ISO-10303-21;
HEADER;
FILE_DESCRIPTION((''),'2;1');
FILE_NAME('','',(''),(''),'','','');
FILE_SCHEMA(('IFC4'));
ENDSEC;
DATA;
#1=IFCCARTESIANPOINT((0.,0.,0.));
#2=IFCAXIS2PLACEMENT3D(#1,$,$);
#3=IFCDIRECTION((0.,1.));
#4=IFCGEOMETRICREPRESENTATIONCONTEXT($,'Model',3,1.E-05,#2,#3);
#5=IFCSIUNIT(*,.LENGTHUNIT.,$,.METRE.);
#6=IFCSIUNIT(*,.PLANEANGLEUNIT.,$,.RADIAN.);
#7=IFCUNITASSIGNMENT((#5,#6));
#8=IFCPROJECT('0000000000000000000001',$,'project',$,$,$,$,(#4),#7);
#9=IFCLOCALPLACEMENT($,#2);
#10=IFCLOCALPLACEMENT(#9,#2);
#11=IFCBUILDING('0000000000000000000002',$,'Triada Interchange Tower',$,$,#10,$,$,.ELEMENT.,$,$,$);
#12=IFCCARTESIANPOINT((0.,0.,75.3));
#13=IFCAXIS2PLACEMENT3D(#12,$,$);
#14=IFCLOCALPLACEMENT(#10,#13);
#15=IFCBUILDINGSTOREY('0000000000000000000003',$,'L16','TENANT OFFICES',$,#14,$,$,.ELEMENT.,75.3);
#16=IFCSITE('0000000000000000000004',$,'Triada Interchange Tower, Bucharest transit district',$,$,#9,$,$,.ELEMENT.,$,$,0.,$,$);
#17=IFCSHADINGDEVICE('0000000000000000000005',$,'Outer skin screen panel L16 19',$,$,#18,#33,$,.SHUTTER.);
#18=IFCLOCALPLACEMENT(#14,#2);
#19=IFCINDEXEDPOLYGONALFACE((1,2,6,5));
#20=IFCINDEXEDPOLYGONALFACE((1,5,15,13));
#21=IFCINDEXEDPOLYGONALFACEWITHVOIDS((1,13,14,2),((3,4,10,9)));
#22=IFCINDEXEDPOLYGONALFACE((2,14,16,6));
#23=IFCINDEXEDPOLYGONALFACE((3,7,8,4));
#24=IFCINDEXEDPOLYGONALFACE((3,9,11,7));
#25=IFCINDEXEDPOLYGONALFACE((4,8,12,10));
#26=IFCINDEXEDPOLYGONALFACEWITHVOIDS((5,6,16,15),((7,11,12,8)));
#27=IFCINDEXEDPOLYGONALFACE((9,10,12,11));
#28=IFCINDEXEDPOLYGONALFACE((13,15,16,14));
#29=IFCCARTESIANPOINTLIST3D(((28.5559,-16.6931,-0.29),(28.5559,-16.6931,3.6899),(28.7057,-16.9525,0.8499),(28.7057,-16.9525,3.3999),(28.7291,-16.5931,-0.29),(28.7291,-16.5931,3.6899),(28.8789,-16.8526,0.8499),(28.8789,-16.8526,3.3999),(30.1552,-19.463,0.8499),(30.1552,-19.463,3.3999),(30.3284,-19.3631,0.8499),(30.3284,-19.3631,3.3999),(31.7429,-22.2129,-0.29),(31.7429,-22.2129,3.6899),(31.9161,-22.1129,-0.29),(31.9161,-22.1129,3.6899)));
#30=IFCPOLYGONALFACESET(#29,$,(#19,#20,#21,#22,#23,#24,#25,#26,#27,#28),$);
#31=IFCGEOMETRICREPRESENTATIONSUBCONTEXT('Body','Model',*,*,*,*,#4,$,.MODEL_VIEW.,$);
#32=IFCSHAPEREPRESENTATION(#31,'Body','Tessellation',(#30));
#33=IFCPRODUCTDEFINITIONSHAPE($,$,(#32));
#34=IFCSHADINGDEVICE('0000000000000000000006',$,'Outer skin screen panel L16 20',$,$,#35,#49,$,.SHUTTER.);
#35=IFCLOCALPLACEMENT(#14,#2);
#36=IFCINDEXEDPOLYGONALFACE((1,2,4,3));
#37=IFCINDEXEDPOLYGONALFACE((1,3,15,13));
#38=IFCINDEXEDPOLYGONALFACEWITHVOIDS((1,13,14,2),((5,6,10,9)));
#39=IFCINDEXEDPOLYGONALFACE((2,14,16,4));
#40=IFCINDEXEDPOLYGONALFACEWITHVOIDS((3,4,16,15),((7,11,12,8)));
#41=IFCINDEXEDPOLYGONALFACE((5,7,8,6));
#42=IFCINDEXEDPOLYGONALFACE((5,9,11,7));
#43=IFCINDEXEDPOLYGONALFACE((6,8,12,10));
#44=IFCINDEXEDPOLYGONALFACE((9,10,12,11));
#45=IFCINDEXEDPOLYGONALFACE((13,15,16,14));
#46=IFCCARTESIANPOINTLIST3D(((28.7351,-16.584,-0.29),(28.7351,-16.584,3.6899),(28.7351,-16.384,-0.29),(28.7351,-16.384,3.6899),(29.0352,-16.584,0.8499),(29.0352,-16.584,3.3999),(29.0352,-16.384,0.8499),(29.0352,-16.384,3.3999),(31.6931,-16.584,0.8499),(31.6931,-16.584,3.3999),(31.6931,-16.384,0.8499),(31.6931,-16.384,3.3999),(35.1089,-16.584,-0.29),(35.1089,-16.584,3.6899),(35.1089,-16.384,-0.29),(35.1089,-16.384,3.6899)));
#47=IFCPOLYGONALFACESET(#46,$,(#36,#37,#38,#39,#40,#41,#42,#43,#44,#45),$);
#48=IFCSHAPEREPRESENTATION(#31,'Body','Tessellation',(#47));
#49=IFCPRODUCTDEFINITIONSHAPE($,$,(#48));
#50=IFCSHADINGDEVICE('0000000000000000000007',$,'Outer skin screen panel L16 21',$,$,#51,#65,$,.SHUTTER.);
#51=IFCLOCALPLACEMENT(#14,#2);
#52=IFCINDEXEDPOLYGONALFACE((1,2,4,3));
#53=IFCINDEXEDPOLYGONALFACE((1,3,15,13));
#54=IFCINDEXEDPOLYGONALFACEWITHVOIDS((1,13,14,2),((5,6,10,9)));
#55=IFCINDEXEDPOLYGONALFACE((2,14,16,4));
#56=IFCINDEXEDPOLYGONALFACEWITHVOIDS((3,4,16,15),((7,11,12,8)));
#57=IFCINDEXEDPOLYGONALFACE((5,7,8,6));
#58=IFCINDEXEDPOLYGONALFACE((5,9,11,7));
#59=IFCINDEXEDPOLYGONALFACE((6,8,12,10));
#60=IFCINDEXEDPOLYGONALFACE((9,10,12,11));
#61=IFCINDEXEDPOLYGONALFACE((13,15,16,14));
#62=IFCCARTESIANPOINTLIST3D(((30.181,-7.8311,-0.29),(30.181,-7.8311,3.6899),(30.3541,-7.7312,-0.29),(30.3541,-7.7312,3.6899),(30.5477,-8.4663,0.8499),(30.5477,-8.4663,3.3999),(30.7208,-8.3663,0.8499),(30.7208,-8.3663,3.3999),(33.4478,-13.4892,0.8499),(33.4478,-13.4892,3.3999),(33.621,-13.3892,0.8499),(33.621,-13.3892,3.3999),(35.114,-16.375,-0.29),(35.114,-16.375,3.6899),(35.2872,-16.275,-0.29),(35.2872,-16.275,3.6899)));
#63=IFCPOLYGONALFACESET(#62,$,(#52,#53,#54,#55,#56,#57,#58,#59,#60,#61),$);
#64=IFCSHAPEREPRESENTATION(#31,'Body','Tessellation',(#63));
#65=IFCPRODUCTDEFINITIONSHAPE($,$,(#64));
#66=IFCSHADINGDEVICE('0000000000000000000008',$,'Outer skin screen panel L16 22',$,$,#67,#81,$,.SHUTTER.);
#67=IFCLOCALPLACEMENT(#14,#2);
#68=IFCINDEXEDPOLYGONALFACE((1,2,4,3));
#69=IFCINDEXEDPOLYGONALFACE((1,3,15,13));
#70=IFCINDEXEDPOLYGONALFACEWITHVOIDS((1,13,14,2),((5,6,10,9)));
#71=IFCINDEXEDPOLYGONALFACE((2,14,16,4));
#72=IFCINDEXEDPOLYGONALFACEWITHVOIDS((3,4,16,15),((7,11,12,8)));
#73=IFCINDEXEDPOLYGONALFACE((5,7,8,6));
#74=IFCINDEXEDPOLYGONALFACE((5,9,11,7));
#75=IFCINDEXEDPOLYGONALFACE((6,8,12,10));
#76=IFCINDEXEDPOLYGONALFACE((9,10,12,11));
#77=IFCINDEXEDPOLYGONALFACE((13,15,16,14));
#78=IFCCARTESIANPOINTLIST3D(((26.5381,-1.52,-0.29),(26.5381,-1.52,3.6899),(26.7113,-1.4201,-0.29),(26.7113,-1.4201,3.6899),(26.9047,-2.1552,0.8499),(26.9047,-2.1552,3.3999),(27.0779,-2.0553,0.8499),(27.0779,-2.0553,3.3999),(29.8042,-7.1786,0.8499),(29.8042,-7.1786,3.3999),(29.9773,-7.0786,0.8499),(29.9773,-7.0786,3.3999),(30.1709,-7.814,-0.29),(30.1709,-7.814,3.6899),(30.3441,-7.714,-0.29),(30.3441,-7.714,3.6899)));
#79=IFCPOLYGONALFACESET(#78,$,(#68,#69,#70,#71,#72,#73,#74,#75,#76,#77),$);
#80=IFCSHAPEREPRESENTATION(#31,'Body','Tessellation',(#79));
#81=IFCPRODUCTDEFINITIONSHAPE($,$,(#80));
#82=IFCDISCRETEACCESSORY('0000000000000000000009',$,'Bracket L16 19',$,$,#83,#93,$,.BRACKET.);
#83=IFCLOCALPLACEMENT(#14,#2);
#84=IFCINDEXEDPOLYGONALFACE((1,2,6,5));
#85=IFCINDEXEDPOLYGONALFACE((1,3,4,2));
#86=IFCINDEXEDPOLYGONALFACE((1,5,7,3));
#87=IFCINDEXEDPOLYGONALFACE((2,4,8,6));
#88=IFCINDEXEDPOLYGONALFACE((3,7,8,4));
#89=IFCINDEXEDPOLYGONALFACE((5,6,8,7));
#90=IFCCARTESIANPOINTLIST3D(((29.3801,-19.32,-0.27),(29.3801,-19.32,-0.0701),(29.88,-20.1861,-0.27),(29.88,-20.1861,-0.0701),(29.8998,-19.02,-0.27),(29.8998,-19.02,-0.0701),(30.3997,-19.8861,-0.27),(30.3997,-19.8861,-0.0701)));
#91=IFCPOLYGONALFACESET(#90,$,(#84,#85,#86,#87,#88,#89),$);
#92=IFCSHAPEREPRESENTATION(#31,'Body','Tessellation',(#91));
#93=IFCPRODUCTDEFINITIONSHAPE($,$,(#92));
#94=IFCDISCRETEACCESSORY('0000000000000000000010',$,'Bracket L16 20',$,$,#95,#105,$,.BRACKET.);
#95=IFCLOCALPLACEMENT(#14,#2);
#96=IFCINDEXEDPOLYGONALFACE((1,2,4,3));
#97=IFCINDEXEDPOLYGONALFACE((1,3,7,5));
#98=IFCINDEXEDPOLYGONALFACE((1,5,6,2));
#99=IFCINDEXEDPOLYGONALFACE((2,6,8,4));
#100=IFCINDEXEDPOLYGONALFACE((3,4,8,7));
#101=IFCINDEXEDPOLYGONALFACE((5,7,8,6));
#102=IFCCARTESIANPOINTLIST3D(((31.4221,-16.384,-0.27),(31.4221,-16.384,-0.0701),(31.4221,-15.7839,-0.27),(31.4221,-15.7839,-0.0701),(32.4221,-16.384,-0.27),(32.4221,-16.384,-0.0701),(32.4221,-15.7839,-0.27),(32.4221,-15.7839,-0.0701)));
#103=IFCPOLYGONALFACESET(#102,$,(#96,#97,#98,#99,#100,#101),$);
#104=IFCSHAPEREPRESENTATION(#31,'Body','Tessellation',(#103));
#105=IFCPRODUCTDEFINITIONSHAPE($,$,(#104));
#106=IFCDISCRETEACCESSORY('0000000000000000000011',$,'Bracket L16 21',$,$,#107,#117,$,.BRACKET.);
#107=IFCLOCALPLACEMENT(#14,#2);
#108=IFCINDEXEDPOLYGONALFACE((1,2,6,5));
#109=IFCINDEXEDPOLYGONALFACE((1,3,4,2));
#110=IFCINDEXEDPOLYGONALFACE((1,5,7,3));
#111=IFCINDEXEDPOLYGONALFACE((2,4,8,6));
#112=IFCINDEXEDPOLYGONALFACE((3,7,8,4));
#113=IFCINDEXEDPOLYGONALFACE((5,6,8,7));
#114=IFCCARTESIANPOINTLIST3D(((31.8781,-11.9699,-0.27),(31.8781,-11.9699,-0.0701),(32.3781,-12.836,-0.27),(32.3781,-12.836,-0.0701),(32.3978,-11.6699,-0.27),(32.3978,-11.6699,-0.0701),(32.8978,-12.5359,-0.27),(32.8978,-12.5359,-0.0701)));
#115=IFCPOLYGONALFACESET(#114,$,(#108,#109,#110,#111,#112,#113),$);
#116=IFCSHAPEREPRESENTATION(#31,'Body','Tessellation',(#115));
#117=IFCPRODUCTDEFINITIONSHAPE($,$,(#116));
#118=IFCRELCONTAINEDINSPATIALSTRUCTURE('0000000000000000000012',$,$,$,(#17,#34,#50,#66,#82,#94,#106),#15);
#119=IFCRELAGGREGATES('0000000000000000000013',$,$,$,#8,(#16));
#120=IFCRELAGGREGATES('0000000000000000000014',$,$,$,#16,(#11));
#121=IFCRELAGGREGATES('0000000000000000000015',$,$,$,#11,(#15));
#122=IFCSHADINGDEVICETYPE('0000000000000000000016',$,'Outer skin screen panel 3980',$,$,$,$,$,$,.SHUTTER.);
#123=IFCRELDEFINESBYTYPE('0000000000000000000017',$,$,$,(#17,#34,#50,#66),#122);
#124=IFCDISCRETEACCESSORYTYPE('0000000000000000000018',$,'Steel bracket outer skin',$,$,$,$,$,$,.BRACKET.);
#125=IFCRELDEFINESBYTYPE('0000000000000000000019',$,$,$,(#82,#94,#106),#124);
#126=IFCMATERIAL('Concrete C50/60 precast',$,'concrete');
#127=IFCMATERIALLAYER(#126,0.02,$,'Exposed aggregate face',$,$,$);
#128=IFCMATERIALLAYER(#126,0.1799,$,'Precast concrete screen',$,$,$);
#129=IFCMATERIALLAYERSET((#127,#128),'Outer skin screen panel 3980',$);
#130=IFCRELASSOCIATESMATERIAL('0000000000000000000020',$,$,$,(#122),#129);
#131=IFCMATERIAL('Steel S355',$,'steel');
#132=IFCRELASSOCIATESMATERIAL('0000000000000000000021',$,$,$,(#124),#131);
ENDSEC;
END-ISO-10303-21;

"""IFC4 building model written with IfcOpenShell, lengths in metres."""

from ifc_helpers import new_model, si_unit, direction, frame, origin, origin_2d, place, context, subcontext, project, spatial, polyline, rectangle, outline, extrude, material, layer, layer_set, type_object, element, save


model = new_model("IFC4")

# Units and contexts
model_context = context("Model", 3, precision=1e-05, world=origin(), true_north=direction((0.0, 1.0)))
body_context = subcontext(model_context, "Body", "Model", "MODEL_VIEW")
ifc_project = project(units=[si_unit("LENGTHUNIT", "METRE"), si_unit("PLANEANGLEUNIT", "RADIAN")], contexts=[model_context])

# Site, building, storey
site_placement = place(None, origin())
site = spatial("IfcSite", under=ifc_project, at=site_placement, Name="Triada Interchange Tower, Bucharest transit district", CompositionType="ELEMENT", RefElevation=0.0)
building_placement = place(site_placement, origin())
building = spatial("IfcBuilding", under=site, at=building_placement, Name="Triada Interchange Tower", CompositionType="ELEMENT")
storey_placement = place(building_placement, frame((0.0, 0.0, 75.3)))
storey = spatial("IfcBuildingStorey", under=building, at=storey_placement, Name="L16", Description="TENANT OFFICES", CompositionType="ELEMENT", Elevation=75.3)

# Shading devices
ifc_material_1 = material(Name="Concrete C50/60 precast", Category="concrete")
ifc_layer_1 = layer(ifc_material_1, 0.02, Name="Exposed aggregate face")
ifc_layer_2 = layer(ifc_material_1, 0.1799, Name="Precast concrete screen")
ifc_layer_set_1 = layer_set([ifc_layer_1, ifc_layer_2], Name="Outer skin screen panel 3980")
shading_device_type = type_object("IfcShadingDeviceType", Name="Outer skin screen panel 3980", PredefinedType="SHUTTER", material=ifc_layer_set_1)
shading_device_1_placement = place(storey_placement, frame((31.7429, -22.2129, -0.29), z_axis=(0.0, 0.0, 1.0), x_axis=(-0.50002, 0.866014, 0.0)))
element("IfcShadingDevice", 1, at=shading_device_1_placement, inside=storey, type_object=shading_device_type, Name="Outer skin screen panel L16 19", PredefinedType="SHUTTER", context=body_context, shape_type="SweptSolid", body=[
    extrude(outline(polyline([(0.0, 0.0), (6.3738, 0.0), (6.3738, 3.98), (0.0, 3.98), (0.0, 0.0)]), holes=[polyline([(3.1753, 1.1399), (3.1753, 3.6899), (6.0742, 3.6899), (6.0742, 1.1399), (3.1753, 1.1399)])]), frame((0.0, 0.0, 0.0), z_axis=(0.0, -1.0, 0.0), x_axis=(1.0, 0.0, 0.0)), (0.0, 0.0, 1.0), 0.2),
])
shading_device_2_placement = place(storey_placement, frame((28.7351, -16.384, -0.29), z_axis=(0.0, 0.0, 1.0), x_axis=(1.0, 0.0, 0.0)))
element("IfcShadingDevice", 2, at=shading_device_2_placement, inside=storey, type_object=shading_device_type, Name="Outer skin screen panel L16 20", PredefinedType="SHUTTER", context=body_context, shape_type="SweptSolid", body=[
    extrude(outline(polyline([(0.0, 0.0), (6.3738, 0.0), (6.3738, 3.98), (0.0, 3.98), (0.0, 0.0)]), holes=[polyline([(0.3, 1.1399), (0.3, 3.6899), (2.958, 3.6899), (2.958, 1.1399), (0.3, 1.1399)])]), frame((0.0, 0.0, 0.0), z_axis=(0.0, -1.0, 0.0), x_axis=(1.0, 0.0, 0.0)), (0.0, 0.0, 1.0), 0.2),
])
shading_device_3_placement = place(storey_placement, frame((35.114, -16.375, -0.29), z_axis=(0.0, 0.0, 1.0), x_axis=(-0.500019, 0.866014, 0.0)))
element("IfcShadingDevice", 3, at=shading_device_3_placement, inside=storey, type_object=shading_device_type, Name="Outer skin screen panel L16 21", PredefinedType="SHUTTER", context=body_context, shape_type="SweptSolid", body=[
    extrude(outline(polyline([(0.0, 0.0), (9.8657, 0.0), (9.8657, 3.98), (0.0, 3.98), (0.0, 0.0)]), holes=[polyline([(3.3323, 1.1399), (3.3323, 3.6899), (9.1323, 3.6899), (9.1323, 1.1399), (3.3323, 1.1399)])]), frame((0.0, 0.0, 0.0), z_axis=(0.0, -1.0, 0.0), x_axis=(1.0, 0.0, 0.0)), (0.0, 0.0, 1.0), 0.2),
])
shading_device_4_placement = place(storey_placement, frame((30.1709, -7.814, -0.29), z_axis=(0.0, 0.0, 1.0), x_axis=(-0.499897, 0.866085, 0.0)))
element("IfcShadingDevice", 4, at=shading_device_4_placement, inside=storey, type_object=shading_device_type, Name="Outer skin screen panel L16 22", PredefinedType="SHUTTER", context=body_context, shape_type="SweptSolid", body=[
    extrude(outline(polyline([(0.0, 0.0), (7.2671, 0.0), (7.2671, 3.98), (0.0, 3.98), (0.0, 0.0)]), holes=[polyline([(0.7336, 1.1399), (0.7336, 3.6899), (6.5337, 3.6899), (6.5337, 1.1399), (0.7336, 1.1399)])]), frame((0.0, 0.0, 0.0), z_axis=(0.0, -1.0, 0.0), x_axis=(1.0, 0.0, 0.0)), (0.0, 0.0, 1.0), 0.2),
])

# Discrete accessories
ifc_material_2 = material(Name="Steel S355", Category="steel")
discrete_accessory_type = type_object("IfcDiscreteAccessoryType", Name="Steel bracket outer skin", PredefinedType="BRACKET", material=ifc_material_2)
for number, where, z_axis, x_axis, name in (
    (5, (29.8899, -19.603, -0.27), (0.0, 0.0, 1.0), (0.866062, 0.499936, 0.0), "Bracket L16 19"),
    (6, (31.9221, -16.084, -0.27), (0.0, 0.0, 1.0), (0.0, -1.0, 0.0), "Bracket L16 20"),
    (7, (32.3879, -12.2529, -0.27), (0.0, 0.0, 1.0), (0.866027, 0.499997, 0.0), "Bracket L16 21"),
):
    element("IfcDiscreteAccessory", number, at=place(storey_placement, frame(where, z_axis=z_axis, x_axis=x_axis)), inside=storey, type_object=discrete_accessory_type, Name=name, PredefinedType="BRACKET", context=body_context, shape_type="SweptSolid", body=[
        extrude(rectangle(XDim=0.6001, YDim=1.0, at=origin_2d()), origin(), (0.0, 0.0, 1.0), 0.2),
    ])

save(model, "model.ifc")
